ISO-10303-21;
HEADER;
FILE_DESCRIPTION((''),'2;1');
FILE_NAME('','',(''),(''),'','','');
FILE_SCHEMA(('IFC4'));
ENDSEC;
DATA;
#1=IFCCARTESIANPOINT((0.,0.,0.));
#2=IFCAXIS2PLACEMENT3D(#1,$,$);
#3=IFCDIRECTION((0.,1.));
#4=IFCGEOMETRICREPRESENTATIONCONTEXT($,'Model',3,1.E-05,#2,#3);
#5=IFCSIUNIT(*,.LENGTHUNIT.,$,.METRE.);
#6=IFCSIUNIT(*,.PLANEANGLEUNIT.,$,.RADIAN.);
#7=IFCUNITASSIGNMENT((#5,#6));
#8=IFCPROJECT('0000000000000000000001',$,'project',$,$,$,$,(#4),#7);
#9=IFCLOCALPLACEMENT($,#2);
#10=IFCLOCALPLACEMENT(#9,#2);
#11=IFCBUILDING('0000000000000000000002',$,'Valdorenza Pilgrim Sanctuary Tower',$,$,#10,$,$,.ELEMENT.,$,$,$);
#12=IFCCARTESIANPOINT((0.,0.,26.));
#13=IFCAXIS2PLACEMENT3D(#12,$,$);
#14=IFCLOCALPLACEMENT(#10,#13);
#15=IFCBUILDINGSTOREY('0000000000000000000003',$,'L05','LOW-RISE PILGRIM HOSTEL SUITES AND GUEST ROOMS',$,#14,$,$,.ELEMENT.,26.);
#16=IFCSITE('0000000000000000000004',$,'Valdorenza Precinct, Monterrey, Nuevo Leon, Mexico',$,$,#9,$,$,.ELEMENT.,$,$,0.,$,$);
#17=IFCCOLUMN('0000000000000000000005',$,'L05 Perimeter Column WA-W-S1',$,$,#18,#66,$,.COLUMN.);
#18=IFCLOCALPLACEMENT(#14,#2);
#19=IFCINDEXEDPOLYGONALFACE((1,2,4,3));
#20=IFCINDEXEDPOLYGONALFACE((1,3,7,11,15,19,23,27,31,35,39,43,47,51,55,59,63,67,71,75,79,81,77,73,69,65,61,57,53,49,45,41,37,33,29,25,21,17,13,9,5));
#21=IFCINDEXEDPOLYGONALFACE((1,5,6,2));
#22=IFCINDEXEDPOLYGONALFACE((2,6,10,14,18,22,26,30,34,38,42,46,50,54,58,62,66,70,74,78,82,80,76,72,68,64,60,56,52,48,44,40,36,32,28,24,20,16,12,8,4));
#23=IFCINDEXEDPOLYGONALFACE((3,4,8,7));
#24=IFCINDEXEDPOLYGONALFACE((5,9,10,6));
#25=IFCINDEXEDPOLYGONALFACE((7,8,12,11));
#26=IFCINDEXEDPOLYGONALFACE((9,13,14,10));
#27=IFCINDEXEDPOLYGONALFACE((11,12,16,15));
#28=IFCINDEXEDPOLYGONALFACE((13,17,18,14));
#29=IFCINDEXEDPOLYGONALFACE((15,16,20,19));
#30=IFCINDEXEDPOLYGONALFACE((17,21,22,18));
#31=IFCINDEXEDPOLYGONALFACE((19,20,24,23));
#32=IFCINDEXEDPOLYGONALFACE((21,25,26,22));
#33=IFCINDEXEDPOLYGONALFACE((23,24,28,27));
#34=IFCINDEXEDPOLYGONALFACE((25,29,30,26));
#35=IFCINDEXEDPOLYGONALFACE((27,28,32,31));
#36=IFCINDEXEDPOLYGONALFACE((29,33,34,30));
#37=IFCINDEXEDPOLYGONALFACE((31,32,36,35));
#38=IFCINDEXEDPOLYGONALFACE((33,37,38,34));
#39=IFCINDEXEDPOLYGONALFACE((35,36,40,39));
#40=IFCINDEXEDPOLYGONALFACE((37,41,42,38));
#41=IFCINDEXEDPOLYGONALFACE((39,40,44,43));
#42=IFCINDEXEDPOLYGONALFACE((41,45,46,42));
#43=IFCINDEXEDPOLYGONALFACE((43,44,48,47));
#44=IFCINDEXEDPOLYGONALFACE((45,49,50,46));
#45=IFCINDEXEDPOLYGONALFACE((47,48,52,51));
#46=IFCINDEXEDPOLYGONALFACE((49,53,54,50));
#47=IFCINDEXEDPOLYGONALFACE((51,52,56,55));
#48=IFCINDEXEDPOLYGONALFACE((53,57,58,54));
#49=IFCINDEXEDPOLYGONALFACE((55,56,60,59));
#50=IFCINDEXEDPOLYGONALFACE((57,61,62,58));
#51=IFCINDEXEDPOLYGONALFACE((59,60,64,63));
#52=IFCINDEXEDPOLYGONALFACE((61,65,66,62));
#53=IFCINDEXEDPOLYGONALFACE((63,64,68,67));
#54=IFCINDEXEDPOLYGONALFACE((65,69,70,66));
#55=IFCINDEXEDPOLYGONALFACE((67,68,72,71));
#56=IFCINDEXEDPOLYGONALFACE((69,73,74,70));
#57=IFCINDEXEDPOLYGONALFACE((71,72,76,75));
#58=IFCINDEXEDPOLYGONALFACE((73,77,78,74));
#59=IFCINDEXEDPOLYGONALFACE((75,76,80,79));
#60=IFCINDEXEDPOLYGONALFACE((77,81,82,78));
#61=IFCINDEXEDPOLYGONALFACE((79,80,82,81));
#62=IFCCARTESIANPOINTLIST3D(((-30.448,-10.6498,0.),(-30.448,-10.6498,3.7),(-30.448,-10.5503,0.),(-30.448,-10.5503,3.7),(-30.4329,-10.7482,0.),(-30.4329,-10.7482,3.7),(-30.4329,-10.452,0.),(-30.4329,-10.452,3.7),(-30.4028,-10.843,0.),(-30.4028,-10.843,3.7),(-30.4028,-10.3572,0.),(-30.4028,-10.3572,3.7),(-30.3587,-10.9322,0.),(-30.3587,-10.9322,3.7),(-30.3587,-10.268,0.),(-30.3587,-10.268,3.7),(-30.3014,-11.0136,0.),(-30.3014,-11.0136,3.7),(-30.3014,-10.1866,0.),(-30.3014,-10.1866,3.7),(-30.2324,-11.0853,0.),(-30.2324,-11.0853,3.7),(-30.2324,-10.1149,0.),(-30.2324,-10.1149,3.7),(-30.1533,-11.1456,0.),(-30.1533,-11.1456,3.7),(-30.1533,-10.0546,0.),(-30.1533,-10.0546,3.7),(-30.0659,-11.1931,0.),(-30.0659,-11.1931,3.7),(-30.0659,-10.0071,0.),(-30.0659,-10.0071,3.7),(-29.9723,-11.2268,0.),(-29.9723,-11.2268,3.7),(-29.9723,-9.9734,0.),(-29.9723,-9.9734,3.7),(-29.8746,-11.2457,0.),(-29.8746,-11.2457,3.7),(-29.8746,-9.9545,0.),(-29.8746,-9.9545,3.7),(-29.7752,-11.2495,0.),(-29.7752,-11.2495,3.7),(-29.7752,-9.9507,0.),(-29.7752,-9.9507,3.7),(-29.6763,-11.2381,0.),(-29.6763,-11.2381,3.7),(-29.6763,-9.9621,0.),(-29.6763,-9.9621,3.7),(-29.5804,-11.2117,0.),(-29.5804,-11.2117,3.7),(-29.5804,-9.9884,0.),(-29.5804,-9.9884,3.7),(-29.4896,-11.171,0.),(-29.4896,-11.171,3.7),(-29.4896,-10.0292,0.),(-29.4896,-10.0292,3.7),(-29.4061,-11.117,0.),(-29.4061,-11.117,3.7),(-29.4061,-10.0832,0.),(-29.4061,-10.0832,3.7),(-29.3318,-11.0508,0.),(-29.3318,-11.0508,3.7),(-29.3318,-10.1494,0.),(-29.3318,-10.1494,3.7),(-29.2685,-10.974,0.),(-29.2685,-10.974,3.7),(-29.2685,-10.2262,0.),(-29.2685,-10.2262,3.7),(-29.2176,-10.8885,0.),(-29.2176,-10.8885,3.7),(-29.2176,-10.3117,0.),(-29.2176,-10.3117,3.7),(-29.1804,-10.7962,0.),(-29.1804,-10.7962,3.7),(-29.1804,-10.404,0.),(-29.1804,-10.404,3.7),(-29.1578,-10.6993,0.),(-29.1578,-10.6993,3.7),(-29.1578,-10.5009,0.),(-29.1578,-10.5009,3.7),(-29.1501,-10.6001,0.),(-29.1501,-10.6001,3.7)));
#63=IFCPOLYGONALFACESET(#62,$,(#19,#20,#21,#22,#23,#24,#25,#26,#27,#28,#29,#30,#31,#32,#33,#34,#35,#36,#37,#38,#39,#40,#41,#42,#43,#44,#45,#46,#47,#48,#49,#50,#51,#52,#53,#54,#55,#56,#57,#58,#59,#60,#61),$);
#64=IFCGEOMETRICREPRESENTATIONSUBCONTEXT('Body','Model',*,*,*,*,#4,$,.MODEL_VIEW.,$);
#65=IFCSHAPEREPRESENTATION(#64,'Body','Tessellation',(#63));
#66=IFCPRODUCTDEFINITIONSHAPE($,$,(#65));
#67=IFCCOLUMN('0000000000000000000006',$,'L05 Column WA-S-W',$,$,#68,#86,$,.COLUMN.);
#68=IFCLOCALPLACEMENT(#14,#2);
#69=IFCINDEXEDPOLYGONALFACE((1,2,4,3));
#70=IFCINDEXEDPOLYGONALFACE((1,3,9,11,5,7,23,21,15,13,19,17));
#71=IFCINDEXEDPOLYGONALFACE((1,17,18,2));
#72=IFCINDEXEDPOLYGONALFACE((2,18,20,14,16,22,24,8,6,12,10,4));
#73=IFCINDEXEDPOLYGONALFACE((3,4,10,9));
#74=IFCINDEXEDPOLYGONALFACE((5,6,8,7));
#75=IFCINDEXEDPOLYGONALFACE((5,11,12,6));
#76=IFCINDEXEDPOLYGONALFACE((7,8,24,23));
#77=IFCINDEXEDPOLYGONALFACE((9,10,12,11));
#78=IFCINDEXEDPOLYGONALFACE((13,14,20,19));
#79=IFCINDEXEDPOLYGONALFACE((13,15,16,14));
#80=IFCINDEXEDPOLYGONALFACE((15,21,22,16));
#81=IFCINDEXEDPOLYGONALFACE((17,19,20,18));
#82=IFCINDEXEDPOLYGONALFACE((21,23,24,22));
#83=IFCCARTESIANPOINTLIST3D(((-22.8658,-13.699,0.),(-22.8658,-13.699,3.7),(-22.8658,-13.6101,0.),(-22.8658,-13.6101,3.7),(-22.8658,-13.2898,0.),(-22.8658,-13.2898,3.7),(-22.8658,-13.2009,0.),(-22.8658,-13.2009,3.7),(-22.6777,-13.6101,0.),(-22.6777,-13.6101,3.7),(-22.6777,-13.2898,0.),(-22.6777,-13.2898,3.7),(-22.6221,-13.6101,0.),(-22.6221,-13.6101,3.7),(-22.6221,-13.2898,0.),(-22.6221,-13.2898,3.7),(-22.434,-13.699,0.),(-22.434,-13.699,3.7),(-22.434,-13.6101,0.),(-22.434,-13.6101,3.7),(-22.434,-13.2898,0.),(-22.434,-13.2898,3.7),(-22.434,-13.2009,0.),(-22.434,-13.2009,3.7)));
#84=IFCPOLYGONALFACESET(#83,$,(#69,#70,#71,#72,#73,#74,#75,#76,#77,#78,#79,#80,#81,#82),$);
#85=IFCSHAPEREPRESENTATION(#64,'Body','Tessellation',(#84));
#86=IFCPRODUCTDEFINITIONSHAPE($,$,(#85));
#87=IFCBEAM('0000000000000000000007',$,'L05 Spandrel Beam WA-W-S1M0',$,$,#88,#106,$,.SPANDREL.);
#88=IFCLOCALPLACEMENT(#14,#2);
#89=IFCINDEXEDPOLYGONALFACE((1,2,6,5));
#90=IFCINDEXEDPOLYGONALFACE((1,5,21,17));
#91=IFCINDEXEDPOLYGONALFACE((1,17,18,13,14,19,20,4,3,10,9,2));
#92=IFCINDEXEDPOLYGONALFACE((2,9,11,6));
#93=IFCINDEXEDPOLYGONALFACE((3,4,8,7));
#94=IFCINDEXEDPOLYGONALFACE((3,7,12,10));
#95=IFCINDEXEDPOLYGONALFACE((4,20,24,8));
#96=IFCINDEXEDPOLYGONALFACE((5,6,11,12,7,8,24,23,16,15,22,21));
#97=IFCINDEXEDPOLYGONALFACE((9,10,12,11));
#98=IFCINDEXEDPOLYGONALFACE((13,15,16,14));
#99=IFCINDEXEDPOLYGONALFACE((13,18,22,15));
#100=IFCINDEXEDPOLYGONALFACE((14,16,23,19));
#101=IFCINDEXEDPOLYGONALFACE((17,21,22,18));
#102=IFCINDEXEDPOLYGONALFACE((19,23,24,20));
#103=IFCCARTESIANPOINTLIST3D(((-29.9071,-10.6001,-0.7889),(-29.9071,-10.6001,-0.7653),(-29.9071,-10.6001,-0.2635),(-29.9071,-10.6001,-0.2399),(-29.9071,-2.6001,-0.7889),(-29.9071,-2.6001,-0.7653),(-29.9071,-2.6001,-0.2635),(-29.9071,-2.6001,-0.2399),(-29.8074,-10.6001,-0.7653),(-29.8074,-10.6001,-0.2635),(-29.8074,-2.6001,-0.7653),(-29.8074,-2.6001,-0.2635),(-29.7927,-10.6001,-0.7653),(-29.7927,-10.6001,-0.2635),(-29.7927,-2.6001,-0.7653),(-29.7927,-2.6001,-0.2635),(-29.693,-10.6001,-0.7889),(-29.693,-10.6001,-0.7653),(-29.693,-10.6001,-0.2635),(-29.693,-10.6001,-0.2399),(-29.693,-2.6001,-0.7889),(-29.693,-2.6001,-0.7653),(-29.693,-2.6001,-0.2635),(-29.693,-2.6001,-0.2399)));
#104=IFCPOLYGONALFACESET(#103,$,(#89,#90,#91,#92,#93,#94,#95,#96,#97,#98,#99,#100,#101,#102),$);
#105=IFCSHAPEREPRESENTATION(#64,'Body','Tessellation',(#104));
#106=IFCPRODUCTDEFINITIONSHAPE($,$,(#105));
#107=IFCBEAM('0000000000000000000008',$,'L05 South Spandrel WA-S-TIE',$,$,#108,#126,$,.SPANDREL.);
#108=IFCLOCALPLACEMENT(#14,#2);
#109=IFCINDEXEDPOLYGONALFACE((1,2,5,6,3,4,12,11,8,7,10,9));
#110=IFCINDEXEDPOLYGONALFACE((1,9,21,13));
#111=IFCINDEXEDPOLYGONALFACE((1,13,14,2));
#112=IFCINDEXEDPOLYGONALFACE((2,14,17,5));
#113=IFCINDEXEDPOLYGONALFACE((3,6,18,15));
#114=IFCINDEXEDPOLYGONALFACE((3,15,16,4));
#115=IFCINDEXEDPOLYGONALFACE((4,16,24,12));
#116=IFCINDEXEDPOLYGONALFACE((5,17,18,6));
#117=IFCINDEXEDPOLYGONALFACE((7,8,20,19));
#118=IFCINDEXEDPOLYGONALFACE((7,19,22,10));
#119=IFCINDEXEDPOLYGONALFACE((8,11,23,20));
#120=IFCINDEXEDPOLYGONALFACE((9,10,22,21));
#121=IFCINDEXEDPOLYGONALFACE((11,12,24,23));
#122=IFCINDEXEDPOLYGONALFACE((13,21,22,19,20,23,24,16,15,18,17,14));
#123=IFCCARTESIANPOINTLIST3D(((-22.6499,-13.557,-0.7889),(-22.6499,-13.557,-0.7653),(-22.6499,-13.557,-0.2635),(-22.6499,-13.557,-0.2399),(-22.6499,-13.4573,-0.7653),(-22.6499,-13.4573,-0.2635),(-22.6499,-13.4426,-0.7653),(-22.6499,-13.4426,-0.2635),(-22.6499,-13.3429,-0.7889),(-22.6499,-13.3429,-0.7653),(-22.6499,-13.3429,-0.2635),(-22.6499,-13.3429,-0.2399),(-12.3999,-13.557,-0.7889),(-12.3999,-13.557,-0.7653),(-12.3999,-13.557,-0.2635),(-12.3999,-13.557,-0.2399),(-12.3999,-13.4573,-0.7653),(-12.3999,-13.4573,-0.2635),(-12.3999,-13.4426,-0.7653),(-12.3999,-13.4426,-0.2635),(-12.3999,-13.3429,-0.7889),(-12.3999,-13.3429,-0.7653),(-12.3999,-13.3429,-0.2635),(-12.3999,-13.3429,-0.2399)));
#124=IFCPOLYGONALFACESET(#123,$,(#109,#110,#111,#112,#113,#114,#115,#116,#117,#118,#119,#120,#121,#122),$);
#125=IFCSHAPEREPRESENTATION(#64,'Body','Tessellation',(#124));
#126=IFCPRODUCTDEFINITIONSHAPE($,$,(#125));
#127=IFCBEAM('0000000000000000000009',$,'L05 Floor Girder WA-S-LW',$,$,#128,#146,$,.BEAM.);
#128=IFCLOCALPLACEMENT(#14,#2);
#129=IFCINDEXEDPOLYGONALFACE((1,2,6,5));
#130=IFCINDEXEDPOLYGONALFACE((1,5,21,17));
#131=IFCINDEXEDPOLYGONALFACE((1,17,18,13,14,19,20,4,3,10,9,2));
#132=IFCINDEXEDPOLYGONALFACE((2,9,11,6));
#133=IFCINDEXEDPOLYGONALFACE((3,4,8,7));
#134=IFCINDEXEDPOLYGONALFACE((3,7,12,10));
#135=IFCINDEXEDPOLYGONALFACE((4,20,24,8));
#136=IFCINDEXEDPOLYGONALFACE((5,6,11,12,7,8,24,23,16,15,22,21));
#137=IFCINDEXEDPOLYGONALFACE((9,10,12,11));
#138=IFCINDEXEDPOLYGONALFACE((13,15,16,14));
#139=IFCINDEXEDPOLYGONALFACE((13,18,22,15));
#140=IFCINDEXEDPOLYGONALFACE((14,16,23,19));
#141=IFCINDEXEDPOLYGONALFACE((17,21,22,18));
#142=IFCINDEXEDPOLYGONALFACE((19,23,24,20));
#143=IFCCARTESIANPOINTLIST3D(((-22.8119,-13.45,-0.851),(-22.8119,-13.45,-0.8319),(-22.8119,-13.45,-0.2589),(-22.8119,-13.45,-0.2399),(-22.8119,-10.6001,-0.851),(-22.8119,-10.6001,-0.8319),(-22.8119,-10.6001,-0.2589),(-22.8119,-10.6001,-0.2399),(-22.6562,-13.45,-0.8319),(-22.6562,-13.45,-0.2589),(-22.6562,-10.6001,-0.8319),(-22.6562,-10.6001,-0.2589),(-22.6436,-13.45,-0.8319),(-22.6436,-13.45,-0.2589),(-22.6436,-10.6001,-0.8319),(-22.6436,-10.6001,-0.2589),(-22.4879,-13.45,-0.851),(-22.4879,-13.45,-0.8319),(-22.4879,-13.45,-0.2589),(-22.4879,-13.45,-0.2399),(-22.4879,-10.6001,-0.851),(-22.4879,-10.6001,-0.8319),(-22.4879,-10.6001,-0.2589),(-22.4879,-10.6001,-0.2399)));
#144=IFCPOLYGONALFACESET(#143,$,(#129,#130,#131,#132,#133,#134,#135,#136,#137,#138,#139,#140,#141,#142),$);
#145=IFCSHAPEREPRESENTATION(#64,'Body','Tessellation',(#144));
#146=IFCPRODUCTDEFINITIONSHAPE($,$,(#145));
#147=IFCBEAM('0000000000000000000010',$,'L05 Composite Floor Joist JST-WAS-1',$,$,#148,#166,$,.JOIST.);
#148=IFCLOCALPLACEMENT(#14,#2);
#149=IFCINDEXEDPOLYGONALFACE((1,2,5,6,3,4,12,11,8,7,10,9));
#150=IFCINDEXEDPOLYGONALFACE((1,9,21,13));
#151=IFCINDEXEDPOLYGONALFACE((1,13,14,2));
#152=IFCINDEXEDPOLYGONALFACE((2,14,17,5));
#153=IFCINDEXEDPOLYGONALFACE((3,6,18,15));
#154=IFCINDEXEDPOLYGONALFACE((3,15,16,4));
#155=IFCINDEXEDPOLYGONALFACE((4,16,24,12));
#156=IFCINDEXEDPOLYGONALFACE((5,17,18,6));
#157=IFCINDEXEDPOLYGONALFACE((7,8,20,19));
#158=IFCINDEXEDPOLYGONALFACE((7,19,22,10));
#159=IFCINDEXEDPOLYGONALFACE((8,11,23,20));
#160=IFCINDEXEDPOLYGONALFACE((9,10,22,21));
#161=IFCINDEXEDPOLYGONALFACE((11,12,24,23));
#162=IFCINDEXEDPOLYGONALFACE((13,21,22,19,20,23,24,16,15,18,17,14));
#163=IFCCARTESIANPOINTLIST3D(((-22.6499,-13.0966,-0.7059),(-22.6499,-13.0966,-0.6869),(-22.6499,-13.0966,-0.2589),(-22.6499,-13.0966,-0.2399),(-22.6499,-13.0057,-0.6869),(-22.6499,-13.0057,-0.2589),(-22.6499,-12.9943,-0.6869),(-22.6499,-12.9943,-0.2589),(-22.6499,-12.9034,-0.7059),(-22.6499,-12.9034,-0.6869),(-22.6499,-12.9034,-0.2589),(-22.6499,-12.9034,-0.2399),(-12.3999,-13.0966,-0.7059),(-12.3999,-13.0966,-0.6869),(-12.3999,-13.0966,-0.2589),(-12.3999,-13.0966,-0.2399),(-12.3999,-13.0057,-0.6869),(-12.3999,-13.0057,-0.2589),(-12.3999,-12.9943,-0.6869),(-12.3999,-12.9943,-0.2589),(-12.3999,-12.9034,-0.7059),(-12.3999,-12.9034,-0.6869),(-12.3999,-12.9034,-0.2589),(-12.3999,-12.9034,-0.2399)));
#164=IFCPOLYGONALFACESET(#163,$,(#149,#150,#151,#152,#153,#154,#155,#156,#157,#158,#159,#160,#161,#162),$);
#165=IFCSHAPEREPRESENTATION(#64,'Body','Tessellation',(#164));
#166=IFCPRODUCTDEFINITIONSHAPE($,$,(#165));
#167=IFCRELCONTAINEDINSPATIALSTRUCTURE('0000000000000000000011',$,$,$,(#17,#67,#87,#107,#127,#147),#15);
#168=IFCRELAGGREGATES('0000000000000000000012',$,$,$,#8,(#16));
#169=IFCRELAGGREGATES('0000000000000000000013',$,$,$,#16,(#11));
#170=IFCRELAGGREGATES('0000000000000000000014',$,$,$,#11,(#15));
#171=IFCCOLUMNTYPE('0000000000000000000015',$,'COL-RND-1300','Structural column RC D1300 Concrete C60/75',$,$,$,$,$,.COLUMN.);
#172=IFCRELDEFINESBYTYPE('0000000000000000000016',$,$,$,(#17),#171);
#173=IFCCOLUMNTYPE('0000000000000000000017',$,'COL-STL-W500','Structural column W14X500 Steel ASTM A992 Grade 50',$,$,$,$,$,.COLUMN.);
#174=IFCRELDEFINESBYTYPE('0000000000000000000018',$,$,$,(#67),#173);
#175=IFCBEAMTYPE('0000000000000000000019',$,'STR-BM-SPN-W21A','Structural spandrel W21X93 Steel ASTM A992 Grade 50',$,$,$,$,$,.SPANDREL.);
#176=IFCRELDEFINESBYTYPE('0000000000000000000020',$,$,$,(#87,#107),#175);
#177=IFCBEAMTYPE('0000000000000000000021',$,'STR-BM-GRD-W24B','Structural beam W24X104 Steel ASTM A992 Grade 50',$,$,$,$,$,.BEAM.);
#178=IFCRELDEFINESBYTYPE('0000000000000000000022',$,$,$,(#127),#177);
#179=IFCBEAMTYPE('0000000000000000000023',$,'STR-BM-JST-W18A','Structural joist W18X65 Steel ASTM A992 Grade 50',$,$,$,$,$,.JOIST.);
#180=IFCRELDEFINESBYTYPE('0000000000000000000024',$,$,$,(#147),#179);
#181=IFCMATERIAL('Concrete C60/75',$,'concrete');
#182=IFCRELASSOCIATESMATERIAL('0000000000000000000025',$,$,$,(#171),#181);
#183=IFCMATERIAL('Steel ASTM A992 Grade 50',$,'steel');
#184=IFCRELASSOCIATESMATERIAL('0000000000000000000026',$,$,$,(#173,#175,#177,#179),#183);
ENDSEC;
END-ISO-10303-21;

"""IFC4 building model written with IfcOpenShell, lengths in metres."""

from ifc_helpers import new_model, si_unit, direction, frame, origin, origin_2d, place, context, subcontext, project, spatial, circle, i_section, extrude, source, transform, mapped, material, material_profile, profile_set, type_object, element, save


model = new_model("IFC4")

# Units and contexts
model_context = context("Model", 3, precision=1e-05, world=origin(), true_north=direction((0.0, 1.0)))
body_context = subcontext(model_context, "Body", "Model", "MODEL_VIEW")
ifc_project = project(units=[si_unit("LENGTHUNIT", "METRE"), si_unit("PLANEANGLEUNIT", "RADIAN")], contexts=[model_context])

# Site, building, storey
site_placement = place(None, origin())
site = spatial("IfcSite", under=ifc_project, at=site_placement, Name="Valdorenza Precinct, Monterrey, Nuevo Leon, Mexico", CompositionType="ELEMENT", RefElevation=0.0)
building_placement = place(site_placement, origin())
building = spatial("IfcBuilding", under=site, at=building_placement, Name="Valdorenza Pilgrim Sanctuary Tower", CompositionType="ELEMENT")
storey_placement = place(building_placement, frame((0.0, 0.0, 26.0)))
storey = spatial("IfcBuildingStorey", under=building, at=storey_placement, Name="L05", Description="LOW-RISE PILGRIM HOSTEL SUITES AND GUEST ROOMS", CompositionType="ELEMENT", Elevation=26.0)

# Columns
ifc_material_1 = material(Name="Concrete C60/75", Category="concrete")
ifc_material_profile_1 = material_profile(ifc_material_1, circle(Radius=0.6499, at=origin_2d()), Name="RC D1300")
ifc_profile_set_1 = profile_set([ifc_material_profile_1], Name="Concrete C60/75")
column_type_1 = type_object("IfcColumnType", Name="COL-RND-1300", Description="Structural column RC D1300 Concrete C60/75", PredefinedType="COLUMN", material=ifc_profile_set_1)
shared_shape_1 = source(origin(), body_context, "Body", "SweptSolid", [
    extrude(circle(Radius=0.6499, at=origin_2d()), origin(), (0.0, 0.0, 1.0), 3.7),
])
column_1_placement = place(storey_placement, frame((-29.8, -10.6001, 0.0), z_axis=(0.0, 0.0, 1.0), x_axis=(1.0, 0.0, 0.0)))
element("IfcColumn", 1, at=column_1_placement, inside=storey, type_object=column_type_1, Name="L05 Perimeter Column WA-W-S1", PredefinedType="COLUMN", context=body_context, shape_type="MappedRepresentation", body=[
    mapped(shared_shape_1, transform((0.0, 0.0, 0.0), x_axis=(1.0, 0.0, 0.0), y_axis=(0.0, 1.0, 0.0), z_axis=(0.0, 0.0, 1.0), scale=1.0)),
])
ifc_material_2 = material(Name="Steel ASTM A992 Grade 50", Category="steel")
ifc_material_profile_2 = material_profile(ifc_material_2, i_section(OverallWidth=0.4319, OverallDepth=0.498, WebThickness=0.0557, FlangeThickness=0.0889, at=origin_2d()), Name="W14X500")
ifc_profile_set_2 = profile_set([ifc_material_profile_2], Name="Steel ASTM A992 Grade 50")
column_type_2 = type_object("IfcColumnType", Name="COL-STL-W500", Description="Structural column W14X500 Steel ASTM A992 Grade 50", PredefinedType="COLUMN", material=ifc_profile_set_2)
shared_shape_2 = source(origin(), body_context, "Body", "SweptSolid", [
    extrude(i_section(OverallWidth=0.4319, OverallDepth=0.498, WebThickness=0.0557, FlangeThickness=0.0889, at=origin_2d()), origin(), (0.0, 0.0, 1.0), 3.7),
])
column_2_placement = place(storey_placement, frame((-22.6499, -13.45, 0.0), z_axis=(0.0, 0.0, 1.0), x_axis=(1.0, 0.0, 0.0)))
element("IfcColumn", 2, at=column_2_placement, inside=storey, type_object=column_type_2, Name="L05 Column WA-S-W", PredefinedType="COLUMN", context=body_context, shape_type="MappedRepresentation", body=[
    mapped(shared_shape_2, transform((0.0, 0.0, 0.0), x_axis=(1.0, 0.0, 0.0), y_axis=(0.0, 1.0, 0.0), z_axis=(0.0, 0.0, 1.0), scale=1.0)),
])

# Beams
ifc_material_profile_3 = material_profile(ifc_material_2, i_section(OverallWidth=0.2141, OverallDepth=0.5491, WebThickness=0.0146, FlangeThickness=0.0237, at=origin_2d()), Name="W21X93")
ifc_profile_set_3 = profile_set([ifc_material_profile_3], Name="Steel ASTM A992 Grade 50")
beam_type_1 = type_object("IfcBeamType", Name="STR-BM-SPN-W21A", Description="Structural spandrel W21X93 Steel ASTM A992 Grade 50", PredefinedType="SPANDREL", material=ifc_profile_set_3)
shared_shape_3 = source(origin(), body_context, "Body", "SweptSolid", [
    extrude(i_section(OverallWidth=0.2141, OverallDepth=0.5491, WebThickness=0.0146, FlangeThickness=0.0237, at=origin_2d()), origin(), (0.0, 0.0, 1.0), 8.0),
])
beam_1_placement = place(storey_placement, frame((-29.8, -10.6001, -0.5144), z_axis=(0.0, 1.0, 0.0), x_axis=(-1.0, 0.0, 0.0)))
element("IfcBeam", 3, at=beam_1_placement, inside=storey, type_object=beam_type_1, Name="L05 Spandrel Beam WA-W-S1M0", PredefinedType="SPANDREL", context=body_context, shape_type="MappedRepresentation", body=[
    mapped(shared_shape_3, transform((0.0, 0.0, 0.0), x_axis=(1.0, 0.0, 0.0), y_axis=(0.0, 1.0, 0.0), z_axis=(0.0, 0.0, 1.0), scale=1.0)),
])
shared_shape_4 = source(origin(), body_context, "Body", "SweptSolid", [
    extrude(i_section(OverallWidth=0.2141, OverallDepth=0.5491, WebThickness=0.0146, FlangeThickness=0.0237, at=origin_2d()), origin(), (0.0, 0.0, 1.0), 10.25),
])
beam_2_placement = place(storey_placement, frame((-22.6499, -13.45, -0.5144), z_axis=(1.0, 0.0, 0.0), x_axis=(0.0, 1.0, 0.0)))
element("IfcBeam", 4, at=beam_2_placement, inside=storey, type_object=beam_type_1, Name="L05 South Spandrel WA-S-TIE", PredefinedType="SPANDREL", context=body_context, shape_type="MappedRepresentation", body=[
    mapped(shared_shape_4, transform((0.0, 0.0, 0.0), x_axis=(1.0, 0.0, 0.0), y_axis=(0.0, 1.0, 0.0), z_axis=(0.0, 0.0, 1.0), scale=1.0)),
])
ifc_material_profile_4 = material_profile(ifc_material_2, i_section(OverallWidth=0.324, OverallDepth=0.6111, WebThickness=0.0127, FlangeThickness=0.019, at=origin_2d()), Name="W24X104")
ifc_profile_set_4 = profile_set([ifc_material_profile_4], Name="Steel ASTM A992 Grade 50")
beam_type_2 = type_object("IfcBeamType", Name="STR-BM-GRD-W24B", Description="Structural beam W24X104 Steel ASTM A992 Grade 50", PredefinedType="BEAM", material=ifc_profile_set_4)
shared_shape_5 = source(origin(), body_context, "Body", "SweptSolid", [
    extrude(i_section(OverallWidth=0.324, OverallDepth=0.6111, WebThickness=0.0127, FlangeThickness=0.019, at=origin_2d()), origin(), (0.0, 0.0, 1.0), 2.8499),
])
beam_3_placement = place(storey_placement, frame((-22.6499, -13.45, -0.5454), z_axis=(0.0, 1.0, 0.0), x_axis=(-1.0, 0.0, 0.0)))
element("IfcBeam", 5, at=beam_3_placement, inside=storey, type_object=beam_type_2, Name="L05 Floor Girder WA-S-LW", PredefinedType="BEAM", context=body_context, shape_type="MappedRepresentation", body=[
    mapped(shared_shape_5, transform((0.0, 0.0, 0.0), x_axis=(1.0, 0.0, 0.0), y_axis=(0.0, 1.0, 0.0), z_axis=(0.0, 0.0, 1.0), scale=1.0)),
])
ifc_material_profile_5 = material_profile(ifc_material_2, i_section(OverallWidth=0.1931, OverallDepth=0.4661, WebThickness=0.0115, FlangeThickness=0.019, at=origin_2d()), Name="W18X65")
ifc_profile_set_5 = profile_set([ifc_material_profile_5], Name="Steel ASTM A992 Grade 50")
beam_type_3 = type_object("IfcBeamType", Name="STR-BM-JST-W18A", Description="Structural joist W18X65 Steel ASTM A992 Grade 50", PredefinedType="JOIST", material=ifc_profile_set_5)
shared_shape_6 = source(origin(), body_context, "Body", "SweptSolid", [
    extrude(i_section(OverallWidth=0.1931, OverallDepth=0.4661, WebThickness=0.0115, FlangeThickness=0.019, at=origin_2d()), origin(), (0.0, 0.0, 1.0), 10.25),
])
for number, where, z_axis, x_axis, name in (
    (6, (-22.6499, -13.0, -0.4729), (1.0, 0.0, 0.0), (0.0, 1.0, 0.0), "L05 Composite Floor Joist JST-WAS-1"),
):
    element("IfcBeam", number, at=place(storey_placement, frame(where, z_axis=z_axis, x_axis=x_axis)), inside=storey, type_object=beam_type_3, Name=name, PredefinedType="JOIST", context=body_context, shape_type="MappedRepresentation", body=[
        mapped(shared_shape_6, transform((0.0, 0.0, 0.0), x_axis=(1.0, 0.0, 0.0), y_axis=(0.0, 1.0, 0.0), z_axis=(0.0, 0.0, 1.0), scale=1.0)),
    ])

save(model, "model.ifc")
